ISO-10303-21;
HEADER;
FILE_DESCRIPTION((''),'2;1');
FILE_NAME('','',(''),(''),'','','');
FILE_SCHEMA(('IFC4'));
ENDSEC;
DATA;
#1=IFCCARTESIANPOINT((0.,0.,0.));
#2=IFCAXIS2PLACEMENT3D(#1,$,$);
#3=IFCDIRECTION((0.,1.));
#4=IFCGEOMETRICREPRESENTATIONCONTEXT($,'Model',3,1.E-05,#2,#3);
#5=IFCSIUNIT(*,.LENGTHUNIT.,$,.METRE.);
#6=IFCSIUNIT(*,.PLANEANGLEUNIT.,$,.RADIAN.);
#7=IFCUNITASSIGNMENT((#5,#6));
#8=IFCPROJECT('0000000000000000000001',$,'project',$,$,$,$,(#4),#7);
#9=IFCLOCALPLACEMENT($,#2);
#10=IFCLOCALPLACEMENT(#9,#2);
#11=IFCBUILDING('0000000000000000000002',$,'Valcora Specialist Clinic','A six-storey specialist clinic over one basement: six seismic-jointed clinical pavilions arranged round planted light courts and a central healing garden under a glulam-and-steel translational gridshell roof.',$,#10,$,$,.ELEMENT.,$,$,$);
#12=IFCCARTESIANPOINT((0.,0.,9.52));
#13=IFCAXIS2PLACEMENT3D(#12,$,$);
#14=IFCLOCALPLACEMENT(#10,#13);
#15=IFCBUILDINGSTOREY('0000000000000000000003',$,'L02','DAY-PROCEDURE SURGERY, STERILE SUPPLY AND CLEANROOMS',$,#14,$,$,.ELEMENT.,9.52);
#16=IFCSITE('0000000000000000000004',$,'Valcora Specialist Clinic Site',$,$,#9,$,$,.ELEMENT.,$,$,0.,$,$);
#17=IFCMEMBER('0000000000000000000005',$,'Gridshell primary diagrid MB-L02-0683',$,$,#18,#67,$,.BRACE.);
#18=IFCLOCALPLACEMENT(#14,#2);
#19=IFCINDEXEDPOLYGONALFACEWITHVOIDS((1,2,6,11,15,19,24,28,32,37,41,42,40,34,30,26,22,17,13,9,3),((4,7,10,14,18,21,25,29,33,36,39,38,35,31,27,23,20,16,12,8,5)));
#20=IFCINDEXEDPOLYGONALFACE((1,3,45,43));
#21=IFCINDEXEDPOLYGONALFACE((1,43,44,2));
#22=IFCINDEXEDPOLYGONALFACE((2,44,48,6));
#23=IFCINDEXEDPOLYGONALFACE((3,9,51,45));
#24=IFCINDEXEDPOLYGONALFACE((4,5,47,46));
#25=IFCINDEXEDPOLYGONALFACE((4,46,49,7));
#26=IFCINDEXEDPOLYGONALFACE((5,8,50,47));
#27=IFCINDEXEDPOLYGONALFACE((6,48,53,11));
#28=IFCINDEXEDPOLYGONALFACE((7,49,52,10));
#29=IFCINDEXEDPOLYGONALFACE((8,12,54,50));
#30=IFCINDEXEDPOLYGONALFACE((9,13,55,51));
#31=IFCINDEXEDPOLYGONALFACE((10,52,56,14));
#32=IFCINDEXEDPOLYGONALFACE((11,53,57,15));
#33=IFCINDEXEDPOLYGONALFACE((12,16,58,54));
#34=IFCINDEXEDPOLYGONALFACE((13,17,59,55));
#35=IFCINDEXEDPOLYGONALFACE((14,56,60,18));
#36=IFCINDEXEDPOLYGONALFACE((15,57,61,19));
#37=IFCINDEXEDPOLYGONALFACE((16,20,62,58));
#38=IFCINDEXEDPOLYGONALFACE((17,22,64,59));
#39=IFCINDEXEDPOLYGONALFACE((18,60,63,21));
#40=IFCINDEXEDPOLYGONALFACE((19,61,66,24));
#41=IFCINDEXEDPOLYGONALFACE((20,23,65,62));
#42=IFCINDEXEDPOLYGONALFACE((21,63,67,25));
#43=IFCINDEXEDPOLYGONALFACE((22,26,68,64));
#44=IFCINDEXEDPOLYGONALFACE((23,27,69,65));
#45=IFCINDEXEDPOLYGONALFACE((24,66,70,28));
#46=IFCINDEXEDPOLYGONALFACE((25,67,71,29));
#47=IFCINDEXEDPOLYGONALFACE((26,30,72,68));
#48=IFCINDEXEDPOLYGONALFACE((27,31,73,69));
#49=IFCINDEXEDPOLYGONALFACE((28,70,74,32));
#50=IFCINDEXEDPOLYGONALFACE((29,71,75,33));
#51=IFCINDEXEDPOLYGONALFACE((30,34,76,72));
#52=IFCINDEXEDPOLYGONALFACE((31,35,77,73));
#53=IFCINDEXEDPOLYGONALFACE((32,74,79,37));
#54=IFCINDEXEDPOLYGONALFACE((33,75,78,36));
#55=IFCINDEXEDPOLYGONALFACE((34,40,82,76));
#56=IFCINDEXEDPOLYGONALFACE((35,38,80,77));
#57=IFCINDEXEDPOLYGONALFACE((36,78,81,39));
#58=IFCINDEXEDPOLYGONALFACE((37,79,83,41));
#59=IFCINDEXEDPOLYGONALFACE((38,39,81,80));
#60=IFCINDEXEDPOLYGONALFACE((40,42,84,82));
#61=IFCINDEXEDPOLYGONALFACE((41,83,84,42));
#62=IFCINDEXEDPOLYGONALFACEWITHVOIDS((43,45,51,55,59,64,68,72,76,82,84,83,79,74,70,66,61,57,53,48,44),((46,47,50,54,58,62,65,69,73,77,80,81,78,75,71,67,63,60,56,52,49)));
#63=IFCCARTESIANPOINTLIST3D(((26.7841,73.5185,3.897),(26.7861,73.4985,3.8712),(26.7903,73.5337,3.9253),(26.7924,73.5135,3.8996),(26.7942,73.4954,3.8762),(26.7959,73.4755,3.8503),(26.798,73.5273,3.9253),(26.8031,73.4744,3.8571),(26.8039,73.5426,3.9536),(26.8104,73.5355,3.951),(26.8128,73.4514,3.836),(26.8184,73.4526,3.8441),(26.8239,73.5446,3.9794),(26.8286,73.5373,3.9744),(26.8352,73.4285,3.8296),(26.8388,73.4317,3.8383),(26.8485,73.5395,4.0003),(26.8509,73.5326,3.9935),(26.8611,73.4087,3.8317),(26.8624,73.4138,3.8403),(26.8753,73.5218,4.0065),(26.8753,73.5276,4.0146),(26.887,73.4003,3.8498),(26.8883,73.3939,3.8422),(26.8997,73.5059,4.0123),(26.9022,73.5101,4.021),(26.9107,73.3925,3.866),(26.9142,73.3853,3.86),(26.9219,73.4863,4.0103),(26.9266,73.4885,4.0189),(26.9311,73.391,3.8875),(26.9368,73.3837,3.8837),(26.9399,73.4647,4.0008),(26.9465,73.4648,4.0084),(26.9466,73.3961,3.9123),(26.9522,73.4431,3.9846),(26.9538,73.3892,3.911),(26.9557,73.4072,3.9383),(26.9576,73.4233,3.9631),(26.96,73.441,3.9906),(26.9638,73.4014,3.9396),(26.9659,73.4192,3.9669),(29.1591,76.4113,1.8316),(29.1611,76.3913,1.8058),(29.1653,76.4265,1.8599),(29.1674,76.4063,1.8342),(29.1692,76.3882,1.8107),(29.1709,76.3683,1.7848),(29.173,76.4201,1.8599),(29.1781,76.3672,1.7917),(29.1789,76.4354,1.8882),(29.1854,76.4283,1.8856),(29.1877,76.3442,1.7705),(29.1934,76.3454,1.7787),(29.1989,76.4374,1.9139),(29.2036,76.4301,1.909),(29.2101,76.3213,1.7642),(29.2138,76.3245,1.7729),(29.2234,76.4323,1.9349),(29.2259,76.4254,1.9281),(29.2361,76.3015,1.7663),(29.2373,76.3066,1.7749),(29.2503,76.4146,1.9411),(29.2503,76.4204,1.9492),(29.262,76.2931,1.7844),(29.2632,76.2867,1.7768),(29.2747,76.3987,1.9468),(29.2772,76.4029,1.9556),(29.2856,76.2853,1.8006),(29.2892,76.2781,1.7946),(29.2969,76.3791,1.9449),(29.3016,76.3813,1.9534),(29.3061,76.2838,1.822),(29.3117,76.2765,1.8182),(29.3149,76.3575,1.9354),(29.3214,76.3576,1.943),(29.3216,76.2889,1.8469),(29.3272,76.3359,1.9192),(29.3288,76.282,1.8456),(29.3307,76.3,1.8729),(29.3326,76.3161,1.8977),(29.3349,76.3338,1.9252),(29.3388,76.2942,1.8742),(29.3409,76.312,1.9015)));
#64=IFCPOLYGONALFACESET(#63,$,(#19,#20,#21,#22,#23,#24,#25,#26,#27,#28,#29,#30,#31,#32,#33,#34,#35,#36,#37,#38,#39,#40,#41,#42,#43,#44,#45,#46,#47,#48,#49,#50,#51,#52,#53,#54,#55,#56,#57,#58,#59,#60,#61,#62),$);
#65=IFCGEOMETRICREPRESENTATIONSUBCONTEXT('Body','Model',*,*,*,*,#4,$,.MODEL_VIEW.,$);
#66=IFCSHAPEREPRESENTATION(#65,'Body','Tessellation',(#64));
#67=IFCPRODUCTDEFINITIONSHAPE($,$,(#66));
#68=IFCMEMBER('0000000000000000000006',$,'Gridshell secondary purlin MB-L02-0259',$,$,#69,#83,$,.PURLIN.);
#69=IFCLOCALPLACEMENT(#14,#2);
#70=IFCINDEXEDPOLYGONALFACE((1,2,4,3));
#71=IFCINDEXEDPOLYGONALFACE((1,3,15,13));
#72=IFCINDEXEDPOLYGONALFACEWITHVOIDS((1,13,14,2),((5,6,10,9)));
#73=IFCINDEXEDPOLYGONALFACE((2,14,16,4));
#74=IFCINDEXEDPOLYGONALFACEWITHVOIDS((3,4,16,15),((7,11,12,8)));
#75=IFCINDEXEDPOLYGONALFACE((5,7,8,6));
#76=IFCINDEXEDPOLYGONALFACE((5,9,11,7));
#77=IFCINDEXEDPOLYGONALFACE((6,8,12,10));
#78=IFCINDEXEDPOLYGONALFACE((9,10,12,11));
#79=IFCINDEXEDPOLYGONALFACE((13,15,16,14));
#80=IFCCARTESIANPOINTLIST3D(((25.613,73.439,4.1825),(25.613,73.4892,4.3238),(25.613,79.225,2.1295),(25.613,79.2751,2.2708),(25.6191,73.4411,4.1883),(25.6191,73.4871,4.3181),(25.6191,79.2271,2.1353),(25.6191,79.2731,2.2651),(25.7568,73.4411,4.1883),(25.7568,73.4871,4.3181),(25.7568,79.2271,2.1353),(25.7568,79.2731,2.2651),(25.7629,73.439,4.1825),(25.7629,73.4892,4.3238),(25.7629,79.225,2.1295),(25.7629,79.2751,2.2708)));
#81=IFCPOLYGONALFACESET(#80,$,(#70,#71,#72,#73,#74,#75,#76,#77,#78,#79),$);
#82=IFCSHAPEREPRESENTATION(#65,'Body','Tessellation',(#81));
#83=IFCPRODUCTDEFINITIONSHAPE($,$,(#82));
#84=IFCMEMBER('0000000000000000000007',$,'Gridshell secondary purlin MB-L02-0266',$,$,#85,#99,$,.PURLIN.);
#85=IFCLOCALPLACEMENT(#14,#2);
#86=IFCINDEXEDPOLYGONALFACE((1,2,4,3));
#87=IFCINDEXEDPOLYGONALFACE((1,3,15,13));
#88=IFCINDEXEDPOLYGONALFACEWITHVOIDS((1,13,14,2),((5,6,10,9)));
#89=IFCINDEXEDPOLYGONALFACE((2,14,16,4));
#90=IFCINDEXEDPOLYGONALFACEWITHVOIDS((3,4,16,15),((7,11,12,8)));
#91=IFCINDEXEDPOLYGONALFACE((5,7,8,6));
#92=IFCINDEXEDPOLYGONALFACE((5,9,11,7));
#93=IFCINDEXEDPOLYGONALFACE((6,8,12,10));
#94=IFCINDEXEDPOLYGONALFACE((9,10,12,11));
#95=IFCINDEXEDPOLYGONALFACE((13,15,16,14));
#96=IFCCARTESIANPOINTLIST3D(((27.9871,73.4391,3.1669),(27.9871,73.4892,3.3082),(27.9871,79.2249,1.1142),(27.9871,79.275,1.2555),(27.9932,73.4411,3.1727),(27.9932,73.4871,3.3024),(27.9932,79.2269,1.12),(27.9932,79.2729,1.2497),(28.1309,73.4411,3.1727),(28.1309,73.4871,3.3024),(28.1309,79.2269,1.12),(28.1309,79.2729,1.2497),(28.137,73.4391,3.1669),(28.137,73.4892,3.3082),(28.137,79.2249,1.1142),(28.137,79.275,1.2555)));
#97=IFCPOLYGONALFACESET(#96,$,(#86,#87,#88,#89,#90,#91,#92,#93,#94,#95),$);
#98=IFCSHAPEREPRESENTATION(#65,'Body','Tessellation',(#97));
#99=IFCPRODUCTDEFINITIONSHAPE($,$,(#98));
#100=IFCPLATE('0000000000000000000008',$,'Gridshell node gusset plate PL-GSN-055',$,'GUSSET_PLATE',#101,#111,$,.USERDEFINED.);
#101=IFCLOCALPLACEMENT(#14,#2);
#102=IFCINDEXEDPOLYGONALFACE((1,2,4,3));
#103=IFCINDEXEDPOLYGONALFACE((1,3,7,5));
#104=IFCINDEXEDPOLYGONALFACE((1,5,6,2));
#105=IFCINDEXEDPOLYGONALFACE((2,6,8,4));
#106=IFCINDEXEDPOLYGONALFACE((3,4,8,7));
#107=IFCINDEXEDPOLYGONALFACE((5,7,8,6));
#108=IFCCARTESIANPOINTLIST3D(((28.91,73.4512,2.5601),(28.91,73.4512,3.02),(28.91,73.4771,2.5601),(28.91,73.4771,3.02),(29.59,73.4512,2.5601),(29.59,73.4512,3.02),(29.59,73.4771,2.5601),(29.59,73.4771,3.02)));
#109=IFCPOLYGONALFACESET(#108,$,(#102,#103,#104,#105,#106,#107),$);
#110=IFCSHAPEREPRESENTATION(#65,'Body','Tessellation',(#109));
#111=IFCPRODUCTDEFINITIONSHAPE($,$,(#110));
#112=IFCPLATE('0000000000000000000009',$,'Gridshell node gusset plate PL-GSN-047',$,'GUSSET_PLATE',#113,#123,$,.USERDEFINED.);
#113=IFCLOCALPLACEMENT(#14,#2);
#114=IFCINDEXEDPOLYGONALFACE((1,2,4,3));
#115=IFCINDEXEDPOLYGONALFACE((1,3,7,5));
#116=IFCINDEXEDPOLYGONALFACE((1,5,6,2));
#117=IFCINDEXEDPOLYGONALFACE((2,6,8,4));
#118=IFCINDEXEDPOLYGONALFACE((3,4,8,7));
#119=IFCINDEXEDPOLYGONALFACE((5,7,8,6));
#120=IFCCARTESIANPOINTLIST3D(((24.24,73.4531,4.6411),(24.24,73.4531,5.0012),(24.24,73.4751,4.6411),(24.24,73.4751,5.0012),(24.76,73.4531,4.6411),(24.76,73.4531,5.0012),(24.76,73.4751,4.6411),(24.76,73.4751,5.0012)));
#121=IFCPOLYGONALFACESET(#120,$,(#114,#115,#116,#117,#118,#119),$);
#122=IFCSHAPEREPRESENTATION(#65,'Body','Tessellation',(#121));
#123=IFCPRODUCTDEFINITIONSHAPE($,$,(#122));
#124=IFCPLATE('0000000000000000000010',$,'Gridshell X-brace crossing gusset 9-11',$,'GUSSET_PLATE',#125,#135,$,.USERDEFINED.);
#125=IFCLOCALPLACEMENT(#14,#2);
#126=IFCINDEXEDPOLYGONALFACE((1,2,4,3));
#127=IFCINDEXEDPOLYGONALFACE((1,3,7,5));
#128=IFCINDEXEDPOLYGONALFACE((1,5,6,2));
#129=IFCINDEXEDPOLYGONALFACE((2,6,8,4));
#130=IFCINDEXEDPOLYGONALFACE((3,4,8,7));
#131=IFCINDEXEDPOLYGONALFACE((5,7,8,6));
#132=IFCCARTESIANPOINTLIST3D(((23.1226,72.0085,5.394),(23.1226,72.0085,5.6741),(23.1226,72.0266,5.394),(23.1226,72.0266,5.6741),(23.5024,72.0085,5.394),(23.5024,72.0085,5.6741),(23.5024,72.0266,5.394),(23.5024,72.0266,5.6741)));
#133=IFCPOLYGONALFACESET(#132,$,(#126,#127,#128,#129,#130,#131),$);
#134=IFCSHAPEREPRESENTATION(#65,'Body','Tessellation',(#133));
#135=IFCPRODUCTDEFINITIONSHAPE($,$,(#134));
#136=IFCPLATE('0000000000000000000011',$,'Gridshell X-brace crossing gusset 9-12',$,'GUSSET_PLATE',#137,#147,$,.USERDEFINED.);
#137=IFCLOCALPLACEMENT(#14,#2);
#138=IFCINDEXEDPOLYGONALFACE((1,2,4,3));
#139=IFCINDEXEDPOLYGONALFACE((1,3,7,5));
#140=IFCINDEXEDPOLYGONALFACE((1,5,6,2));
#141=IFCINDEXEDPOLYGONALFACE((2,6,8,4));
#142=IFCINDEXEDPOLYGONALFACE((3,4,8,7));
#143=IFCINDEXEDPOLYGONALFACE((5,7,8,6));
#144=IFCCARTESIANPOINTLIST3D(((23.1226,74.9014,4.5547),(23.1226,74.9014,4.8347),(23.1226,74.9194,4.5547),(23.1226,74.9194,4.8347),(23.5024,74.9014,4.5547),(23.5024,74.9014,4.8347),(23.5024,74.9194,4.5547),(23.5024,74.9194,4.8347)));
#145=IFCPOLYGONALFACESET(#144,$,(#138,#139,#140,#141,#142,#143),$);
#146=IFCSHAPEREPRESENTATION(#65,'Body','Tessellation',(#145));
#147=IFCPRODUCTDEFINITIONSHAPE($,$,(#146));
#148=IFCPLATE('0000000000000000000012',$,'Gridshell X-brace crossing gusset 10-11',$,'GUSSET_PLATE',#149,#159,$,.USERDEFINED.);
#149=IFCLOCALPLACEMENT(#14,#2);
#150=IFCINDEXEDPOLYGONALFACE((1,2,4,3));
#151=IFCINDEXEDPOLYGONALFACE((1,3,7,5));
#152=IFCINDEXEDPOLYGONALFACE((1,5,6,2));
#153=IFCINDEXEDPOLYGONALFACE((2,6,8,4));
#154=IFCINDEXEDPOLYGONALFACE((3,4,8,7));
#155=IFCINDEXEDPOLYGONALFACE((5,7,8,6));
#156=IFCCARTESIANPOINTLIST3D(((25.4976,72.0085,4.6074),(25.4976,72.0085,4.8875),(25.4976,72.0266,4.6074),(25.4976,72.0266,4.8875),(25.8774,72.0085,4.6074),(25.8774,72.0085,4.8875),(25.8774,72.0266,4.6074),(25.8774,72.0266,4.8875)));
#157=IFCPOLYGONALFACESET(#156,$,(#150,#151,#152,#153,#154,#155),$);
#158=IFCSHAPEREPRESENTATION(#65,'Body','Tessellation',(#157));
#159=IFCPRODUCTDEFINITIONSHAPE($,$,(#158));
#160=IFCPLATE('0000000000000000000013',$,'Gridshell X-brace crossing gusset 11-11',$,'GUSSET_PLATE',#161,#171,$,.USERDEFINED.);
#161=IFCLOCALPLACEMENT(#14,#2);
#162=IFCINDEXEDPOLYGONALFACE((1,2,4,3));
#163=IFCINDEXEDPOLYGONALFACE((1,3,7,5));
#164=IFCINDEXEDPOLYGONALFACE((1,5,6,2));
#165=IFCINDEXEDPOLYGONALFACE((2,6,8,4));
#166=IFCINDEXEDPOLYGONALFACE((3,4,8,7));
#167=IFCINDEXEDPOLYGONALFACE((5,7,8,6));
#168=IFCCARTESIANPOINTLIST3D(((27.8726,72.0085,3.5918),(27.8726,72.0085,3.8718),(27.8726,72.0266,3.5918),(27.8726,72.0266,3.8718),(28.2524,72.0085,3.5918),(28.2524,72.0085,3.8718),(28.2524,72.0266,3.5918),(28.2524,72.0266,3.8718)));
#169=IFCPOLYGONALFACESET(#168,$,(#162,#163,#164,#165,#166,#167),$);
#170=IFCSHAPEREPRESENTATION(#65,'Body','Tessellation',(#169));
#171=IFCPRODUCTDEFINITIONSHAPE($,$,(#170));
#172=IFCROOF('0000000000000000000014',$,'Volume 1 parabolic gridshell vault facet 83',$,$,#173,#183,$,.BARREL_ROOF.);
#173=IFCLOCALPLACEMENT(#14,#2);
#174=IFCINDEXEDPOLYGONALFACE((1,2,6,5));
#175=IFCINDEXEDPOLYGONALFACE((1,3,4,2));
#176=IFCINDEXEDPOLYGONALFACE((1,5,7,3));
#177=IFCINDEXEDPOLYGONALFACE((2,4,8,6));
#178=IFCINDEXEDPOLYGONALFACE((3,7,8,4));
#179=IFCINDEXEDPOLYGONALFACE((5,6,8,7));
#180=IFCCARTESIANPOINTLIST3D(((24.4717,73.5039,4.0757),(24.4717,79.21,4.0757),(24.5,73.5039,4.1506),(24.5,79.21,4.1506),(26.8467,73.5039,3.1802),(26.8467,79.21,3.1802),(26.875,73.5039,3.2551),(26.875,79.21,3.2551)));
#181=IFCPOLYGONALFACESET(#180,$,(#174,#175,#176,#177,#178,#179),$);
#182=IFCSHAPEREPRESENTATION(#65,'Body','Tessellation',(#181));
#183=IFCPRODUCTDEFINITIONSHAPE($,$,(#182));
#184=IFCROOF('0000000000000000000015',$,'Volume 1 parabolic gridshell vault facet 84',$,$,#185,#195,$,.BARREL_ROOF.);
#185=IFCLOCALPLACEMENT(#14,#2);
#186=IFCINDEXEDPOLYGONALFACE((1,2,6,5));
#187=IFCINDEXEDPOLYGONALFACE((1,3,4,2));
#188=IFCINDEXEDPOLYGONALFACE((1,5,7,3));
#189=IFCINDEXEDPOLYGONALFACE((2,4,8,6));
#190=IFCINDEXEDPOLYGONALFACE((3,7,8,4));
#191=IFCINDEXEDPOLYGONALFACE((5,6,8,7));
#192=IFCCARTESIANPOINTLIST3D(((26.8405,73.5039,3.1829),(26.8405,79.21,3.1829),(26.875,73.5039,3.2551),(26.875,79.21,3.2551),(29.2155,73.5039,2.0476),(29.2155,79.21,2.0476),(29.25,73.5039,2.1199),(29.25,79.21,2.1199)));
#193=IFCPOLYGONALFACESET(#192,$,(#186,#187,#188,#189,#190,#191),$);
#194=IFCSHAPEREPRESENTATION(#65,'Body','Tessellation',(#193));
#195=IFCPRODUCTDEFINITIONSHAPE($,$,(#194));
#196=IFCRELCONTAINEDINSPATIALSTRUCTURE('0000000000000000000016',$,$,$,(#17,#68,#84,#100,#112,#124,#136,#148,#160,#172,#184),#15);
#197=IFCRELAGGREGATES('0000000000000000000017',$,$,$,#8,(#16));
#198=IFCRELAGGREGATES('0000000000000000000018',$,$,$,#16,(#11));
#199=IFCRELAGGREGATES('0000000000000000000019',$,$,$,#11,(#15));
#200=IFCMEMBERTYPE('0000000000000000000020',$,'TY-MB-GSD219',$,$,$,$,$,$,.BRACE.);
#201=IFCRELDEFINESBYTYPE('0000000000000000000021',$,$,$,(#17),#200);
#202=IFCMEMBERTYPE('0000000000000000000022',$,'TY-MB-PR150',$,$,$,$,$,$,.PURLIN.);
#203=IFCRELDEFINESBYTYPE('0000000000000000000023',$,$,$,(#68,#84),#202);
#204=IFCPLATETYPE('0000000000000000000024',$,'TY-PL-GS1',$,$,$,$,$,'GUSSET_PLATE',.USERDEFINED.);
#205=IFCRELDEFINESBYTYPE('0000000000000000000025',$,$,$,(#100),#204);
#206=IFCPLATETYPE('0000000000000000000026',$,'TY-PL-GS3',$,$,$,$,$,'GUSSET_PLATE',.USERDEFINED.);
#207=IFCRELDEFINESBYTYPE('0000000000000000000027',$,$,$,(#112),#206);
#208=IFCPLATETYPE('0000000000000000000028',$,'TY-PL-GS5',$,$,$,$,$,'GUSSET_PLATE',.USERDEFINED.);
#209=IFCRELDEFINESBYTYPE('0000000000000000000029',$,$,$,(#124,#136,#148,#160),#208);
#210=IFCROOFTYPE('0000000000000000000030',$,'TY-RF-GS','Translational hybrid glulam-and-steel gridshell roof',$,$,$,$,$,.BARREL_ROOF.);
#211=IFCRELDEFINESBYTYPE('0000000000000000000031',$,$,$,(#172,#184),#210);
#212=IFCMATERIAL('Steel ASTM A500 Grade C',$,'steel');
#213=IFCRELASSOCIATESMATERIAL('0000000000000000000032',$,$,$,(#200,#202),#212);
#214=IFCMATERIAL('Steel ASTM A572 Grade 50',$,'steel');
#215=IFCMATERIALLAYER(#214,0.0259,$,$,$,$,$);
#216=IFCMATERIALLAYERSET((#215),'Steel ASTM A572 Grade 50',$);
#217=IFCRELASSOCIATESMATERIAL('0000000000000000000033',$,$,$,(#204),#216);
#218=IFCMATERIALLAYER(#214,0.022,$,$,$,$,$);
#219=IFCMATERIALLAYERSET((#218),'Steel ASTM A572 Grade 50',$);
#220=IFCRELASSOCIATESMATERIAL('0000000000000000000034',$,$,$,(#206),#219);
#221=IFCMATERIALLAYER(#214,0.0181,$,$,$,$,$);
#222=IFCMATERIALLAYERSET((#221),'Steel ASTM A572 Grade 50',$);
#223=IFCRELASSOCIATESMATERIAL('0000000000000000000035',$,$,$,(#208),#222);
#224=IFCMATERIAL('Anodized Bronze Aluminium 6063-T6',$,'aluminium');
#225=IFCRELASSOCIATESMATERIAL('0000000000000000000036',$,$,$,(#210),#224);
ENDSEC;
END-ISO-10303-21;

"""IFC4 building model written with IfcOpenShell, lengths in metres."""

from ifc_helpers import new_model, si_unit, direction, frame, origin, origin_2d, place, context, subcontext, project, spatial, polyline, rectangle, hollow_rectangle, hollow_circle, outline, extrude, material, layer, layer_set, material_profile, profile_set, type_object, element, save


model = new_model("IFC4")

# Units and contexts
model_context = context("Model", 3, precision=1e-05, world=origin(), true_north=direction((0.0, 1.0)))
body_context = subcontext(model_context, "Body", "Model", "MODEL_VIEW")
ifc_project = project(units=[si_unit("LENGTHUNIT", "METRE"), si_unit("PLANEANGLEUNIT", "RADIAN")], contexts=[model_context])

# Site, building, storey
site_placement = place(None, origin())
site = spatial("IfcSite", under=ifc_project, at=site_placement, Name="Valcora Specialist Clinic Site", CompositionType="ELEMENT", RefElevation=0.0)
building_placement = place(site_placement, origin())
building = spatial("IfcBuilding", under=site, at=building_placement, Name="Valcora Specialist Clinic", Description="A six-storey specialist clinic over one basement: six seismic-jointed clinical pavilions arranged round planted light courts and a central healing garden under a glulam-and-steel translational gridshell roof.", CompositionType="ELEMENT")
storey_placement = place(building_placement, frame((0.0, 0.0, 9.52)))
storey = spatial("IfcBuildingStorey", under=building, at=storey_placement, Name="L02", Description="DAY-PROCEDURE SURGERY, STERILE SUPPLY AND CLEANROOMS", CompositionType="ELEMENT", Elevation=9.52)

# Members
ifc_material_1 = material(Name="Steel ASTM A500 Grade C", Category="steel")
ifc_material_profile_1 = material_profile(ifc_material_1, hollow_circle(Radius=0.1096, WallThickness=0.01, at=origin_2d()), Name="ST-CHS-219X10")
ifc_profile_set_1 = profile_set([ifc_material_profile_1], Name="Steel ASTM A500 Grade C")
member_type_1 = type_object("IfcMemberType", Name="TY-MB-GSD219", PredefinedType="BRACE", material=ifc_profile_set_1)
member_1_placement = place(storey_placement, frame((26.875, 73.4641, 3.9253), z_axis=(0.555564, 0.676694, -0.483149), x_axis=(-0.77289, 0.63454, 0.0)))
element("IfcMember", 1, at=member_1_placement, inside=storey, type_object=member_type_1, Name="Gridshell primary diagrid MB-L02-0683", PredefinedType="BRACE", context=body_context, shape_type="SweptSolid", body=[
    extrude(hollow_circle(Radius=0.1096, WallThickness=0.01, at=origin_2d()), origin(), (0.0, 0.0, 1.0), 4.2749),
])
ifc_material_profile_2 = material_profile(ifc_material_1, hollow_rectangle(XDim=0.1499, YDim=0.1499, WallThickness=0.0061, at=origin_2d()), Name="ST-RHS-150X150X6")
ifc_profile_set_2 = profile_set([ifc_material_profile_2], Name="Steel ASTM A500 Grade C")
member_type_2 = type_object("IfcMemberType", Name="TY-MB-PR150", PredefinedType="PURLIN", material=ifc_profile_set_2)
member_2_placement = place(storey_placement, frame((25.688, 73.4641, 4.2532), z_axis=(0.0, 0.942432, -0.334398), x_axis=(-1.0, 0.0, 0.0)))
element("IfcMember", 2, at=member_2_placement, inside=storey, type_object=member_type_2, Name="Gridshell secondary purlin MB-L02-0259", PredefinedType="PURLIN", context=body_context, shape_type="SweptSolid", body=[
    extrude(hollow_rectangle(XDim=0.1499, YDim=0.1499, WallThickness=0.0061, at=origin_2d()), origin(), (0.0, 0.0, 1.0), 6.1394),
])
member_3_placement = place(storey_placement, frame((28.062, 73.4641, 3.2375), z_axis=(0.0, 0.942444, -0.334363), x_axis=(-1.0, 0.0, 0.0)))
element("IfcMember", 3, at=member_3_placement, inside=storey, type_object=member_type_2, Name="Gridshell secondary purlin MB-L02-0266", PredefinedType="PURLIN", context=body_context, shape_type="SweptSolid", body=[
    extrude(hollow_rectangle(XDim=0.1499, YDim=0.1499, WallThickness=0.0061, at=origin_2d()), origin(), (0.0, 0.0, 1.0), 6.1392),
])

# Plates
ifc_material_2 = material(Name="Steel ASTM A572 Grade 50", Category="steel")
ifc_layer_1 = layer(ifc_material_2, 0.0259)
ifc_layer_set_1 = layer_set([ifc_layer_1], Name="Steel ASTM A572 Grade 50")
plate_type_1 = type_object("IfcPlateType", Name="TY-PL-GS1", ElementType="GUSSET_PLATE", PredefinedType="USERDEFINED", material=ifc_layer_set_1)
plate_1_placement = place(storey_placement, frame((29.25, 73.4641, 2.5601), z_axis=(0.0, 0.0, 1.0), x_axis=(1.0, 0.0, 0.0)))
element("IfcPlate", 4, at=plate_1_placement, inside=storey, type_object=plate_type_1, Name="Gridshell node gusset plate PL-GSN-055", ObjectType="GUSSET_PLATE", PredefinedType="USERDEFINED", context=body_context, shape_type="SweptSolid", body=[
    extrude(rectangle(XDim=0.6799, YDim=0.0259, at=origin_2d()), origin(), (0.0, 0.0, 1.0), 0.46),
])
ifc_layer_2 = layer(ifc_material_2, 0.022)
ifc_layer_set_2 = layer_set([ifc_layer_2], Name="Steel ASTM A572 Grade 50")
plate_type_2 = type_object("IfcPlateType", Name="TY-PL-GS3", ElementType="GUSSET_PLATE", PredefinedType="USERDEFINED", material=ifc_layer_set_2)
plate_2_placement = place(storey_placement, frame((24.5, 73.4641, 4.6411), z_axis=(0.0, 0.0, 1.0), x_axis=(1.0, 0.0, 0.0)))
element("IfcPlate", 5, at=plate_2_placement, inside=storey, type_object=plate_type_2, Name="Gridshell node gusset plate PL-GSN-047", ObjectType="GUSSET_PLATE", PredefinedType="USERDEFINED", context=body_context, shape_type="SweptSolid", body=[
    extrude(rectangle(XDim=0.52, YDim=0.022, at=origin_2d()), origin(), (0.0, 0.0, 1.0), 0.3601),
])
ifc_layer_3 = layer(ifc_material_2, 0.0181)
ifc_layer_set_3 = layer_set([ifc_layer_3], Name="Steel ASTM A572 Grade 50")
plate_type_3 = type_object("IfcPlateType", Name="TY-PL-GS5", ElementType="GUSSET_PLATE", PredefinedType="USERDEFINED", material=ifc_layer_set_3)
for number, where, z_axis, x_axis, name in (
    (6, (23.3125, 72.0176, 5.394), (0.0, 0.0, 1.0), (1.0, 0.0, 0.0), "Gridshell X-brace crossing gusset 9-11"),
    (7, (23.3125, 74.9104, 4.5547), (0.0, 0.0, 1.0), (1.0, 0.0, 0.0), "Gridshell X-brace crossing gusset 9-12"),
    (8, (25.6875, 72.0176, 4.6074), (0.0, 0.0, 1.0), (1.0, 0.0, 0.0), "Gridshell X-brace crossing gusset 10-11"),
    (9, (28.0625, 72.0176, 3.5918), (0.0, 0.0, 1.0), (1.0, 0.0, 0.0), "Gridshell X-brace crossing gusset 11-11"),
):
    element("IfcPlate", number, at=place(storey_placement, frame(where, z_axis=z_axis, x_axis=x_axis)), inside=storey, type_object=plate_type_3, Name=name, ObjectType="GUSSET_PLATE", PredefinedType="USERDEFINED", context=body_context, shape_type="SweptSolid", body=[
        extrude(rectangle(XDim=0.3799, YDim=0.0181, at=origin_2d()), origin(), (0.0, 0.0, 1.0), 0.28),
    ])

# Roofs
ifc_material_3 = material(Name="Anodized Bronze Aluminium 6063-T6", Category="aluminium")
roof_type = type_object("IfcRoofType", Name="TY-RF-GS", Description="Translational hybrid glulam-and-steel gridshell roof", PredefinedType="BARREL_ROOF", material=ifc_material_3)
roof_1_placement = place(storey_placement, frame((24.5, 73.5039, 4.1506), z_axis=(0.352809, 0.0, 0.935695), x_axis=(0.935695, 0.0, -0.352809)))
element("IfcRoof", 10, at=roof_1_placement, inside=storey, type_object=roof_type, Name="Volume 1 parabolic gridshell vault facet 83", PredefinedType="BARREL_ROOF", context=body_context, shape_type="SweptSolid", body=[
    extrude(outline(polyline([(0.0, 0.0), (2.5382, 0.0), (2.5382, 5.7061), (0.0, 5.7061), (0.0, 0.0)])), origin(), (0.0, 0.0, -1.0), 0.0801),
])
roof_2_placement = place(storey_placement, frame((26.875, 73.5039, 3.2551), z_axis=(0.431265, 0.0, 0.902225), x_axis=(0.902225, 0.0, -0.431265)))
element("IfcRoof", 11, at=roof_2_placement, inside=storey, type_object=roof_type, Name="Volume 1 parabolic gridshell vault facet 84", PredefinedType="BARREL_ROOF", context=body_context, shape_type="SweptSolid", body=[
    extrude(outline(polyline([(0.0, 0.0), (2.6324, 0.0), (2.6324, 5.7061), (0.0, 5.7061), (0.0, 0.0)])), origin(), (0.0, 0.0, -1.0), 0.0801),
])

save(model, "model.ifc")
